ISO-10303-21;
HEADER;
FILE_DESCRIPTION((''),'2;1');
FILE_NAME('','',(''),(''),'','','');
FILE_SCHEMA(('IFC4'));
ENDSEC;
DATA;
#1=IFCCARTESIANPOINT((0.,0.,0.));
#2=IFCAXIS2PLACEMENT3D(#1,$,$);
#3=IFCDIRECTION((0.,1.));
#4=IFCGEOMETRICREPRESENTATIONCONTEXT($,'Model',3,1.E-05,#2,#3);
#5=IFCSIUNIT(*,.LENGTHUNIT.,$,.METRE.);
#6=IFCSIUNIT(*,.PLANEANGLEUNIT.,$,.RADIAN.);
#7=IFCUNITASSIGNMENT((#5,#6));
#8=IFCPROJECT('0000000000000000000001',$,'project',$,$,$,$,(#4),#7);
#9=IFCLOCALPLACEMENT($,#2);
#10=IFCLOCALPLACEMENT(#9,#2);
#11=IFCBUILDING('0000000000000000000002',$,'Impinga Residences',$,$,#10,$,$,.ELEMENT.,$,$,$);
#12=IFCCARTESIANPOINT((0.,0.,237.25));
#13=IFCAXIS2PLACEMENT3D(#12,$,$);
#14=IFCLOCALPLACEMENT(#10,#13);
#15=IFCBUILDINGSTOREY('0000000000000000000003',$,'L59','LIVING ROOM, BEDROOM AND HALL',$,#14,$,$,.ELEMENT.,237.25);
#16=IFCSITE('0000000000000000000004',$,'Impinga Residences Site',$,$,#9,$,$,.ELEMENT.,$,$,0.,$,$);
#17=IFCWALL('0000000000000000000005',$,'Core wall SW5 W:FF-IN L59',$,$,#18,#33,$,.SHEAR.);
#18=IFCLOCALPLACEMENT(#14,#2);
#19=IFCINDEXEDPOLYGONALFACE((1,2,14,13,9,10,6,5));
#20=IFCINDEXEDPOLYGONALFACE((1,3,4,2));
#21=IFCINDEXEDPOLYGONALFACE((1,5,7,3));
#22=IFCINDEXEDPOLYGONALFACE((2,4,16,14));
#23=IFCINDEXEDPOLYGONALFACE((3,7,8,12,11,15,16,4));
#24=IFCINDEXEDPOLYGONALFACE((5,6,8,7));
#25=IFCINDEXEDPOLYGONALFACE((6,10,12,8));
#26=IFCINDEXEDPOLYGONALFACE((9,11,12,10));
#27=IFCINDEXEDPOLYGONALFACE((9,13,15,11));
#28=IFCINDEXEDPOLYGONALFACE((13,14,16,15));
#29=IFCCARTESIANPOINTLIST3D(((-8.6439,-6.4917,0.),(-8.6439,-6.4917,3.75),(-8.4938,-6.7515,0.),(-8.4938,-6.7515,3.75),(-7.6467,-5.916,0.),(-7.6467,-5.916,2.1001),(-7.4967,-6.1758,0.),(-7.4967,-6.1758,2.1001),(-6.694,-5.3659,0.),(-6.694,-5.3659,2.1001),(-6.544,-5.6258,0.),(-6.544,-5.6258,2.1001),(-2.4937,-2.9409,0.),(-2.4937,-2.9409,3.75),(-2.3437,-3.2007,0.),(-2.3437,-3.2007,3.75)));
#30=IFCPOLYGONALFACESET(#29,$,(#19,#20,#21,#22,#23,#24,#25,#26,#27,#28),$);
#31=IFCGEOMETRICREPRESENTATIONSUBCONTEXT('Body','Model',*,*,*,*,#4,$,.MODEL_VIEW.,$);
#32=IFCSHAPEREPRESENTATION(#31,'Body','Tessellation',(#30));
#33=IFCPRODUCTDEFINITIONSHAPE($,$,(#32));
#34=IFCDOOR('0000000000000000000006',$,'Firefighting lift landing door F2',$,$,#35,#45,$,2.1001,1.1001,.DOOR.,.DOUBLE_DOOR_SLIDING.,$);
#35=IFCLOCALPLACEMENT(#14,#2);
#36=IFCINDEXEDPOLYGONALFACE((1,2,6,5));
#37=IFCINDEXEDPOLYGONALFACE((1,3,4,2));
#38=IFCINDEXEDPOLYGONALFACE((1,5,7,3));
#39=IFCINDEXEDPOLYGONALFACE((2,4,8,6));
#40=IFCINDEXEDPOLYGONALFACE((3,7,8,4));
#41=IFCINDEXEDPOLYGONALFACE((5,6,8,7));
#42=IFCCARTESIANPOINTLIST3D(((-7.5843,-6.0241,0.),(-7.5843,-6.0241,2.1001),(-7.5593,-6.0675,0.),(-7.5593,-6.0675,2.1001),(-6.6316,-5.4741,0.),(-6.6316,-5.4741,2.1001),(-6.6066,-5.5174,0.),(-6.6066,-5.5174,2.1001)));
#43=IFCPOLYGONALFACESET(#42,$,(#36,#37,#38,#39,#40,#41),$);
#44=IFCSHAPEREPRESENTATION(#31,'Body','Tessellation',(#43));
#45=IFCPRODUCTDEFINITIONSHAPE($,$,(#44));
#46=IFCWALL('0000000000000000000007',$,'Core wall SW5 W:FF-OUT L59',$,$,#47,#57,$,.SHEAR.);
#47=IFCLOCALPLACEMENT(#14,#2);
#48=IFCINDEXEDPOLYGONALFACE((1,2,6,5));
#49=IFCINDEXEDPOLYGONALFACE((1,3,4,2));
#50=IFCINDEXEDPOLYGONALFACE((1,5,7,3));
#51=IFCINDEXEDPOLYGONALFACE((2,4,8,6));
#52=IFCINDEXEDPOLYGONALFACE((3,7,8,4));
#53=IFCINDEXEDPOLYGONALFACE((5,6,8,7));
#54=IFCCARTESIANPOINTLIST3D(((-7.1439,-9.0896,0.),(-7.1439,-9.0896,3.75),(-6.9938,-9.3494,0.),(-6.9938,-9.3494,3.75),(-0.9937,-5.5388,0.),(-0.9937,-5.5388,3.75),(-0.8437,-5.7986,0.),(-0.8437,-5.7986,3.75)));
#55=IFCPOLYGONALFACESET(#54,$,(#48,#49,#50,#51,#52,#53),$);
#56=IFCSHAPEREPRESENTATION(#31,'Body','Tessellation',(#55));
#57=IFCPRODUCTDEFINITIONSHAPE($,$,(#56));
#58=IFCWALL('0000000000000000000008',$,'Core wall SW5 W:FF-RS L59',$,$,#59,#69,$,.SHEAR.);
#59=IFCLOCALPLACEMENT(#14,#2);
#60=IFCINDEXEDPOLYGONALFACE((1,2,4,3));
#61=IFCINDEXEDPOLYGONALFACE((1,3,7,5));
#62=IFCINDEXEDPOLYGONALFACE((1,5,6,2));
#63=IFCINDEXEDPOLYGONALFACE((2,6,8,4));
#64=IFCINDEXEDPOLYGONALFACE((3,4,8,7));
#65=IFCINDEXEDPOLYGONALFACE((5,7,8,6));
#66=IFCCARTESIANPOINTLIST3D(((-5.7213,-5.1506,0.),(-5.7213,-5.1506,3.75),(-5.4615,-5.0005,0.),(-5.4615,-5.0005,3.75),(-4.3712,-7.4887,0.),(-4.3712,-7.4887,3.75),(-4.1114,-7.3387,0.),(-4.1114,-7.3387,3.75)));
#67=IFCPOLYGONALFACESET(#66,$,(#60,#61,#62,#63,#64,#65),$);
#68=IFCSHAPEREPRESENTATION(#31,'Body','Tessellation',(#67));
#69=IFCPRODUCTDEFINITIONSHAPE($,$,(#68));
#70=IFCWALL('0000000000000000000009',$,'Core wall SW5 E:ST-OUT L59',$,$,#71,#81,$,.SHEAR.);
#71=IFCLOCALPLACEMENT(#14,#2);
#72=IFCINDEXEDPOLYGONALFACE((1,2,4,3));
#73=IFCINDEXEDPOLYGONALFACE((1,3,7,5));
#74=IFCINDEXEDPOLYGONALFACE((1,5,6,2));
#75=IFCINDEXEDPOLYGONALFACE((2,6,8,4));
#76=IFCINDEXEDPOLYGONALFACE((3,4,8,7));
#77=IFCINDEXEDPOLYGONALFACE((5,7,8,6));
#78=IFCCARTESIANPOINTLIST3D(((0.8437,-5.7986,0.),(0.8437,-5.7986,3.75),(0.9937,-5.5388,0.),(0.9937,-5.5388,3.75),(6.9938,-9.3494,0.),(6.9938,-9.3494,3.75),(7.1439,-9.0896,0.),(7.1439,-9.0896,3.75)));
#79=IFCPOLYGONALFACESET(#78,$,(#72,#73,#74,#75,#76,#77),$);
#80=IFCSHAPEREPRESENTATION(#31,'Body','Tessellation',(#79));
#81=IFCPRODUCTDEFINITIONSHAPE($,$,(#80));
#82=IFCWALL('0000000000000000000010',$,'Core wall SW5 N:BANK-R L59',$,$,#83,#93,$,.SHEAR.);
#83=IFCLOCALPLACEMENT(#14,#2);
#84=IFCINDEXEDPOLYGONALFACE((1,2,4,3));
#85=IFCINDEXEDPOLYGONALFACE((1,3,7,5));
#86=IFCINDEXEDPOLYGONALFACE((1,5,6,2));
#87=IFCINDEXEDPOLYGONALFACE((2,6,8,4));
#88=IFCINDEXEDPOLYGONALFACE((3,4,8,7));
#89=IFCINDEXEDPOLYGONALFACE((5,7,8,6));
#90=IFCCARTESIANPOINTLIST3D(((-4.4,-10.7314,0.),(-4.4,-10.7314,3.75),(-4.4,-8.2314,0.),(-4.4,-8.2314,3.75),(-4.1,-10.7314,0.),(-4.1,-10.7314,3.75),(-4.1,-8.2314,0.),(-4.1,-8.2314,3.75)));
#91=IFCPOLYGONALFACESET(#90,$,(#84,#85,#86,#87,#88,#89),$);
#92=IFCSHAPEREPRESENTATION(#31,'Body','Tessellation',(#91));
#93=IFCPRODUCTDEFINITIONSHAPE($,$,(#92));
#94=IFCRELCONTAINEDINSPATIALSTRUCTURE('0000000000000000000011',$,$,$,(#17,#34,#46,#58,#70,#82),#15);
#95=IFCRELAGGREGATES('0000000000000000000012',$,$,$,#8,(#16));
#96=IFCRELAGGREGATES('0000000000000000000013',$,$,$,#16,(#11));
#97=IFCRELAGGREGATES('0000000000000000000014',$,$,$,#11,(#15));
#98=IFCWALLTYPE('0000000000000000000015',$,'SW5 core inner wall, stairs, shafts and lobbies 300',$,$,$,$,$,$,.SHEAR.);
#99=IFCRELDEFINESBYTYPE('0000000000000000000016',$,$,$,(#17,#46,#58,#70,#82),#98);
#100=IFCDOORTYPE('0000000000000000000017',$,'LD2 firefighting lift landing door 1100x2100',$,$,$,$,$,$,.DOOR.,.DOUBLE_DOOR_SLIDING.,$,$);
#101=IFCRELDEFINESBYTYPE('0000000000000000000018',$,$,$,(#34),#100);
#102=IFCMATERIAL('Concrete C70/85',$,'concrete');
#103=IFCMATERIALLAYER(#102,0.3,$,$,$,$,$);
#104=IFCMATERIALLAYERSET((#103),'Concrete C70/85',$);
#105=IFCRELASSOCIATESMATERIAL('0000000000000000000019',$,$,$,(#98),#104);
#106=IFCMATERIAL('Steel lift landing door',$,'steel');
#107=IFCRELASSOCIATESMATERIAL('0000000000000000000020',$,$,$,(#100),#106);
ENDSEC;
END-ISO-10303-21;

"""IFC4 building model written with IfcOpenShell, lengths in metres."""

from ifc_helpers import new_model, si_unit, direction, frame, frame_2d, origin, place, context, subcontext, project, spatial, rectangle, extrude, material, layer, layer_set, type_object, element, fill, save


model = new_model("IFC4")

# Units and contexts
model_context = context("Model", 3, precision=1e-05, world=origin(), true_north=direction((0.0, 1.0)))
body_context = subcontext(model_context, "Body", "Model", "MODEL_VIEW")
ifc_project = project(units=[si_unit("LENGTHUNIT", "METRE"), si_unit("PLANEANGLEUNIT", "RADIAN")], contexts=[model_context])

# Site, building, storey
site_placement = place(None, origin())
site = spatial("IfcSite", under=ifc_project, at=site_placement, Name="Impinga Residences Site", CompositionType="ELEMENT", RefElevation=0.0)
building_placement = place(site_placement, origin())
building = spatial("IfcBuilding", under=site, at=building_placement, Name="Impinga Residences", CompositionType="ELEMENT")
storey_placement = place(building_placement, frame((0.0, 0.0, 237.25)))
storey = spatial("IfcBuildingStorey", under=building, at=storey_placement, Name="L59", Description="LIVING ROOM, BEDROOM AND HALL", CompositionType="ELEMENT", Elevation=237.25)

# Shared definitions
ifc_material_1 = material(Name="Concrete C70/85", Category="concrete")
ifc_layer_1 = layer(ifc_material_1, 0.3)
ifc_layer_set_1 = layer_set([ifc_layer_1], Name="Concrete C70/85")
wall_type_1 = type_object("IfcWallType", Name="SW5 core inner wall, stairs, shafts and lobbies 300", PredefinedType="SHEAR", material=ifc_layer_set_1)

# Wall, opening, door
wall_1_placement = place(storey_placement, frame((-2.4187, -3.0708, 0.0), z_axis=(0.0, 0.0, 1.0), x_axis=(-0.866026, -0.499999, 0.0)))
wall_1 = element("IfcWall", 1, at=wall_1_placement, inside=storey, type_object=wall_type_1, Name="Core wall SW5 W:FF-IN L59", PredefinedType="SHEAR", context=body_context, shape_type="SweptSolid", body=[
    extrude(rectangle(XDim=7.1016, YDim=0.3, at=frame_2d((3.5508, 0.0))), origin(), (0.0, 0.0, 1.0), 3.75),
])
opening_1_placement = place(wall_1_placement, frame((4.8501, 0.0, 0.0)))
opening_1 = element("IfcOpeningElement", 2, at=opening_1_placement, cuts=wall_1, PredefinedType="OPENING", context=body_context, shape_type="SweptSolid", body=[
    extrude(rectangle(XDim=1.1001, YDim=2.1001, at=frame_2d((0.55, 1.05))), frame((0.0, 0.1599, 0.0), z_axis=(0.0, -1.0, 0.0), x_axis=(1.0, 0.0, 0.0)), (0.0, 0.0, 1.0), 0.3201),
])
ifc_material_2 = material(Name="Steel lift landing door", Category="steel")
door_type_1 = type_object("IfcDoorType", Name="LD2 firefighting lift landing door 1100x2100", OperationType="DOUBLE_DOOR_SLIDING", PredefinedType="DOOR", material=ifc_material_2)
door_1_placement = place(opening_1_placement, origin())
door_1 = element("IfcDoor", 3, at=door_1_placement, inside=storey, type_object=door_type_1, Name="Firefighting lift landing door F2", OperationType="DOUBLE_DOOR_SLIDING", OverallHeight=2.1001, OverallWidth=1.1001, PredefinedType="DOOR", context=body_context, shape_type="SweptSolid", body=[
    extrude(rectangle(XDim=1.1001, YDim=2.1001, at=frame_2d((0.55, 1.05))), frame((0.0, 0.0249, 0.0), z_axis=(0.0, -1.0, 0.0), x_axis=(1.0, 0.0, 0.0)), (0.0, 0.0, 1.0), 0.05),
])
fill(opening_1, door_1)

# Walls
wall_2_placement = place(storey_placement, frame((-0.9187, -5.6687, 0.0), z_axis=(0.0, 0.0, 1.0), x_axis=(-0.866026, -0.499999, 0.0)))
element("IfcWall", 4, at=wall_2_placement, inside=storey, type_object=wall_type_1, Name="Core wall SW5 W:FF-OUT L59", PredefinedType="SHEAR", context=body_context, shape_type="SweptSolid", body=[
    extrude(rectangle(XDim=7.1016, YDim=0.3, at=frame_2d((3.5508, 0.0))), origin(), (0.0, 0.0, 1.0), 3.75),
])
wall_3_placement = place(storey_placement, frame((-4.2412, -7.4138, 0.0), z_axis=(0.0, 0.0, 1.0), x_axis=(-0.500049, 0.865997, 0.0)))
element("IfcWall", 5, at=wall_3_placement, inside=storey, type_object=wall_type_1, Name="Core wall SW5 W:FF-RS L59", PredefinedType="SHEAR", context=body_context, shape_type="SweptSolid", body=[
    extrude(rectangle(XDim=2.7, YDim=0.3, at=frame_2d((1.3501, 0.0))), origin(), (0.0, 0.0, 1.0), 3.75),
])
wall_4_placement = place(storey_placement, frame((0.9187, -5.6687, 0.0), z_axis=(0.0, 0.0, 1.0), x_axis=(0.866026, -0.499999, 0.0)))
element("IfcWall", 6, at=wall_4_placement, inside=storey, type_object=wall_type_1, Name="Core wall SW5 E:ST-OUT L59", PredefinedType="SHEAR", context=body_context, shape_type="SweptSolid", body=[
    extrude(rectangle(XDim=7.1016, YDim=0.3, at=frame_2d((3.5508, 0.0))), origin(), (0.0, 0.0, 1.0), 3.75),
])
wall_5_placement = place(storey_placement, frame((-4.25, -8.2314, 0.0), z_axis=(0.0, 0.0, 1.0), x_axis=(0.0, -1.0, 0.0)))
element("IfcWall", 7, at=wall_5_placement, inside=storey, type_object=wall_type_1, Name="Core wall SW5 N:BANK-R L59", PredefinedType="SHEAR", context=body_context, shape_type="SweptSolid", body=[
    extrude(rectangle(XDim=2.5, YDim=0.3, at=frame_2d((1.25, 0.0))), origin(), (0.0, 0.0, 1.0), 3.75),
])

save(model, "model.ifc")
